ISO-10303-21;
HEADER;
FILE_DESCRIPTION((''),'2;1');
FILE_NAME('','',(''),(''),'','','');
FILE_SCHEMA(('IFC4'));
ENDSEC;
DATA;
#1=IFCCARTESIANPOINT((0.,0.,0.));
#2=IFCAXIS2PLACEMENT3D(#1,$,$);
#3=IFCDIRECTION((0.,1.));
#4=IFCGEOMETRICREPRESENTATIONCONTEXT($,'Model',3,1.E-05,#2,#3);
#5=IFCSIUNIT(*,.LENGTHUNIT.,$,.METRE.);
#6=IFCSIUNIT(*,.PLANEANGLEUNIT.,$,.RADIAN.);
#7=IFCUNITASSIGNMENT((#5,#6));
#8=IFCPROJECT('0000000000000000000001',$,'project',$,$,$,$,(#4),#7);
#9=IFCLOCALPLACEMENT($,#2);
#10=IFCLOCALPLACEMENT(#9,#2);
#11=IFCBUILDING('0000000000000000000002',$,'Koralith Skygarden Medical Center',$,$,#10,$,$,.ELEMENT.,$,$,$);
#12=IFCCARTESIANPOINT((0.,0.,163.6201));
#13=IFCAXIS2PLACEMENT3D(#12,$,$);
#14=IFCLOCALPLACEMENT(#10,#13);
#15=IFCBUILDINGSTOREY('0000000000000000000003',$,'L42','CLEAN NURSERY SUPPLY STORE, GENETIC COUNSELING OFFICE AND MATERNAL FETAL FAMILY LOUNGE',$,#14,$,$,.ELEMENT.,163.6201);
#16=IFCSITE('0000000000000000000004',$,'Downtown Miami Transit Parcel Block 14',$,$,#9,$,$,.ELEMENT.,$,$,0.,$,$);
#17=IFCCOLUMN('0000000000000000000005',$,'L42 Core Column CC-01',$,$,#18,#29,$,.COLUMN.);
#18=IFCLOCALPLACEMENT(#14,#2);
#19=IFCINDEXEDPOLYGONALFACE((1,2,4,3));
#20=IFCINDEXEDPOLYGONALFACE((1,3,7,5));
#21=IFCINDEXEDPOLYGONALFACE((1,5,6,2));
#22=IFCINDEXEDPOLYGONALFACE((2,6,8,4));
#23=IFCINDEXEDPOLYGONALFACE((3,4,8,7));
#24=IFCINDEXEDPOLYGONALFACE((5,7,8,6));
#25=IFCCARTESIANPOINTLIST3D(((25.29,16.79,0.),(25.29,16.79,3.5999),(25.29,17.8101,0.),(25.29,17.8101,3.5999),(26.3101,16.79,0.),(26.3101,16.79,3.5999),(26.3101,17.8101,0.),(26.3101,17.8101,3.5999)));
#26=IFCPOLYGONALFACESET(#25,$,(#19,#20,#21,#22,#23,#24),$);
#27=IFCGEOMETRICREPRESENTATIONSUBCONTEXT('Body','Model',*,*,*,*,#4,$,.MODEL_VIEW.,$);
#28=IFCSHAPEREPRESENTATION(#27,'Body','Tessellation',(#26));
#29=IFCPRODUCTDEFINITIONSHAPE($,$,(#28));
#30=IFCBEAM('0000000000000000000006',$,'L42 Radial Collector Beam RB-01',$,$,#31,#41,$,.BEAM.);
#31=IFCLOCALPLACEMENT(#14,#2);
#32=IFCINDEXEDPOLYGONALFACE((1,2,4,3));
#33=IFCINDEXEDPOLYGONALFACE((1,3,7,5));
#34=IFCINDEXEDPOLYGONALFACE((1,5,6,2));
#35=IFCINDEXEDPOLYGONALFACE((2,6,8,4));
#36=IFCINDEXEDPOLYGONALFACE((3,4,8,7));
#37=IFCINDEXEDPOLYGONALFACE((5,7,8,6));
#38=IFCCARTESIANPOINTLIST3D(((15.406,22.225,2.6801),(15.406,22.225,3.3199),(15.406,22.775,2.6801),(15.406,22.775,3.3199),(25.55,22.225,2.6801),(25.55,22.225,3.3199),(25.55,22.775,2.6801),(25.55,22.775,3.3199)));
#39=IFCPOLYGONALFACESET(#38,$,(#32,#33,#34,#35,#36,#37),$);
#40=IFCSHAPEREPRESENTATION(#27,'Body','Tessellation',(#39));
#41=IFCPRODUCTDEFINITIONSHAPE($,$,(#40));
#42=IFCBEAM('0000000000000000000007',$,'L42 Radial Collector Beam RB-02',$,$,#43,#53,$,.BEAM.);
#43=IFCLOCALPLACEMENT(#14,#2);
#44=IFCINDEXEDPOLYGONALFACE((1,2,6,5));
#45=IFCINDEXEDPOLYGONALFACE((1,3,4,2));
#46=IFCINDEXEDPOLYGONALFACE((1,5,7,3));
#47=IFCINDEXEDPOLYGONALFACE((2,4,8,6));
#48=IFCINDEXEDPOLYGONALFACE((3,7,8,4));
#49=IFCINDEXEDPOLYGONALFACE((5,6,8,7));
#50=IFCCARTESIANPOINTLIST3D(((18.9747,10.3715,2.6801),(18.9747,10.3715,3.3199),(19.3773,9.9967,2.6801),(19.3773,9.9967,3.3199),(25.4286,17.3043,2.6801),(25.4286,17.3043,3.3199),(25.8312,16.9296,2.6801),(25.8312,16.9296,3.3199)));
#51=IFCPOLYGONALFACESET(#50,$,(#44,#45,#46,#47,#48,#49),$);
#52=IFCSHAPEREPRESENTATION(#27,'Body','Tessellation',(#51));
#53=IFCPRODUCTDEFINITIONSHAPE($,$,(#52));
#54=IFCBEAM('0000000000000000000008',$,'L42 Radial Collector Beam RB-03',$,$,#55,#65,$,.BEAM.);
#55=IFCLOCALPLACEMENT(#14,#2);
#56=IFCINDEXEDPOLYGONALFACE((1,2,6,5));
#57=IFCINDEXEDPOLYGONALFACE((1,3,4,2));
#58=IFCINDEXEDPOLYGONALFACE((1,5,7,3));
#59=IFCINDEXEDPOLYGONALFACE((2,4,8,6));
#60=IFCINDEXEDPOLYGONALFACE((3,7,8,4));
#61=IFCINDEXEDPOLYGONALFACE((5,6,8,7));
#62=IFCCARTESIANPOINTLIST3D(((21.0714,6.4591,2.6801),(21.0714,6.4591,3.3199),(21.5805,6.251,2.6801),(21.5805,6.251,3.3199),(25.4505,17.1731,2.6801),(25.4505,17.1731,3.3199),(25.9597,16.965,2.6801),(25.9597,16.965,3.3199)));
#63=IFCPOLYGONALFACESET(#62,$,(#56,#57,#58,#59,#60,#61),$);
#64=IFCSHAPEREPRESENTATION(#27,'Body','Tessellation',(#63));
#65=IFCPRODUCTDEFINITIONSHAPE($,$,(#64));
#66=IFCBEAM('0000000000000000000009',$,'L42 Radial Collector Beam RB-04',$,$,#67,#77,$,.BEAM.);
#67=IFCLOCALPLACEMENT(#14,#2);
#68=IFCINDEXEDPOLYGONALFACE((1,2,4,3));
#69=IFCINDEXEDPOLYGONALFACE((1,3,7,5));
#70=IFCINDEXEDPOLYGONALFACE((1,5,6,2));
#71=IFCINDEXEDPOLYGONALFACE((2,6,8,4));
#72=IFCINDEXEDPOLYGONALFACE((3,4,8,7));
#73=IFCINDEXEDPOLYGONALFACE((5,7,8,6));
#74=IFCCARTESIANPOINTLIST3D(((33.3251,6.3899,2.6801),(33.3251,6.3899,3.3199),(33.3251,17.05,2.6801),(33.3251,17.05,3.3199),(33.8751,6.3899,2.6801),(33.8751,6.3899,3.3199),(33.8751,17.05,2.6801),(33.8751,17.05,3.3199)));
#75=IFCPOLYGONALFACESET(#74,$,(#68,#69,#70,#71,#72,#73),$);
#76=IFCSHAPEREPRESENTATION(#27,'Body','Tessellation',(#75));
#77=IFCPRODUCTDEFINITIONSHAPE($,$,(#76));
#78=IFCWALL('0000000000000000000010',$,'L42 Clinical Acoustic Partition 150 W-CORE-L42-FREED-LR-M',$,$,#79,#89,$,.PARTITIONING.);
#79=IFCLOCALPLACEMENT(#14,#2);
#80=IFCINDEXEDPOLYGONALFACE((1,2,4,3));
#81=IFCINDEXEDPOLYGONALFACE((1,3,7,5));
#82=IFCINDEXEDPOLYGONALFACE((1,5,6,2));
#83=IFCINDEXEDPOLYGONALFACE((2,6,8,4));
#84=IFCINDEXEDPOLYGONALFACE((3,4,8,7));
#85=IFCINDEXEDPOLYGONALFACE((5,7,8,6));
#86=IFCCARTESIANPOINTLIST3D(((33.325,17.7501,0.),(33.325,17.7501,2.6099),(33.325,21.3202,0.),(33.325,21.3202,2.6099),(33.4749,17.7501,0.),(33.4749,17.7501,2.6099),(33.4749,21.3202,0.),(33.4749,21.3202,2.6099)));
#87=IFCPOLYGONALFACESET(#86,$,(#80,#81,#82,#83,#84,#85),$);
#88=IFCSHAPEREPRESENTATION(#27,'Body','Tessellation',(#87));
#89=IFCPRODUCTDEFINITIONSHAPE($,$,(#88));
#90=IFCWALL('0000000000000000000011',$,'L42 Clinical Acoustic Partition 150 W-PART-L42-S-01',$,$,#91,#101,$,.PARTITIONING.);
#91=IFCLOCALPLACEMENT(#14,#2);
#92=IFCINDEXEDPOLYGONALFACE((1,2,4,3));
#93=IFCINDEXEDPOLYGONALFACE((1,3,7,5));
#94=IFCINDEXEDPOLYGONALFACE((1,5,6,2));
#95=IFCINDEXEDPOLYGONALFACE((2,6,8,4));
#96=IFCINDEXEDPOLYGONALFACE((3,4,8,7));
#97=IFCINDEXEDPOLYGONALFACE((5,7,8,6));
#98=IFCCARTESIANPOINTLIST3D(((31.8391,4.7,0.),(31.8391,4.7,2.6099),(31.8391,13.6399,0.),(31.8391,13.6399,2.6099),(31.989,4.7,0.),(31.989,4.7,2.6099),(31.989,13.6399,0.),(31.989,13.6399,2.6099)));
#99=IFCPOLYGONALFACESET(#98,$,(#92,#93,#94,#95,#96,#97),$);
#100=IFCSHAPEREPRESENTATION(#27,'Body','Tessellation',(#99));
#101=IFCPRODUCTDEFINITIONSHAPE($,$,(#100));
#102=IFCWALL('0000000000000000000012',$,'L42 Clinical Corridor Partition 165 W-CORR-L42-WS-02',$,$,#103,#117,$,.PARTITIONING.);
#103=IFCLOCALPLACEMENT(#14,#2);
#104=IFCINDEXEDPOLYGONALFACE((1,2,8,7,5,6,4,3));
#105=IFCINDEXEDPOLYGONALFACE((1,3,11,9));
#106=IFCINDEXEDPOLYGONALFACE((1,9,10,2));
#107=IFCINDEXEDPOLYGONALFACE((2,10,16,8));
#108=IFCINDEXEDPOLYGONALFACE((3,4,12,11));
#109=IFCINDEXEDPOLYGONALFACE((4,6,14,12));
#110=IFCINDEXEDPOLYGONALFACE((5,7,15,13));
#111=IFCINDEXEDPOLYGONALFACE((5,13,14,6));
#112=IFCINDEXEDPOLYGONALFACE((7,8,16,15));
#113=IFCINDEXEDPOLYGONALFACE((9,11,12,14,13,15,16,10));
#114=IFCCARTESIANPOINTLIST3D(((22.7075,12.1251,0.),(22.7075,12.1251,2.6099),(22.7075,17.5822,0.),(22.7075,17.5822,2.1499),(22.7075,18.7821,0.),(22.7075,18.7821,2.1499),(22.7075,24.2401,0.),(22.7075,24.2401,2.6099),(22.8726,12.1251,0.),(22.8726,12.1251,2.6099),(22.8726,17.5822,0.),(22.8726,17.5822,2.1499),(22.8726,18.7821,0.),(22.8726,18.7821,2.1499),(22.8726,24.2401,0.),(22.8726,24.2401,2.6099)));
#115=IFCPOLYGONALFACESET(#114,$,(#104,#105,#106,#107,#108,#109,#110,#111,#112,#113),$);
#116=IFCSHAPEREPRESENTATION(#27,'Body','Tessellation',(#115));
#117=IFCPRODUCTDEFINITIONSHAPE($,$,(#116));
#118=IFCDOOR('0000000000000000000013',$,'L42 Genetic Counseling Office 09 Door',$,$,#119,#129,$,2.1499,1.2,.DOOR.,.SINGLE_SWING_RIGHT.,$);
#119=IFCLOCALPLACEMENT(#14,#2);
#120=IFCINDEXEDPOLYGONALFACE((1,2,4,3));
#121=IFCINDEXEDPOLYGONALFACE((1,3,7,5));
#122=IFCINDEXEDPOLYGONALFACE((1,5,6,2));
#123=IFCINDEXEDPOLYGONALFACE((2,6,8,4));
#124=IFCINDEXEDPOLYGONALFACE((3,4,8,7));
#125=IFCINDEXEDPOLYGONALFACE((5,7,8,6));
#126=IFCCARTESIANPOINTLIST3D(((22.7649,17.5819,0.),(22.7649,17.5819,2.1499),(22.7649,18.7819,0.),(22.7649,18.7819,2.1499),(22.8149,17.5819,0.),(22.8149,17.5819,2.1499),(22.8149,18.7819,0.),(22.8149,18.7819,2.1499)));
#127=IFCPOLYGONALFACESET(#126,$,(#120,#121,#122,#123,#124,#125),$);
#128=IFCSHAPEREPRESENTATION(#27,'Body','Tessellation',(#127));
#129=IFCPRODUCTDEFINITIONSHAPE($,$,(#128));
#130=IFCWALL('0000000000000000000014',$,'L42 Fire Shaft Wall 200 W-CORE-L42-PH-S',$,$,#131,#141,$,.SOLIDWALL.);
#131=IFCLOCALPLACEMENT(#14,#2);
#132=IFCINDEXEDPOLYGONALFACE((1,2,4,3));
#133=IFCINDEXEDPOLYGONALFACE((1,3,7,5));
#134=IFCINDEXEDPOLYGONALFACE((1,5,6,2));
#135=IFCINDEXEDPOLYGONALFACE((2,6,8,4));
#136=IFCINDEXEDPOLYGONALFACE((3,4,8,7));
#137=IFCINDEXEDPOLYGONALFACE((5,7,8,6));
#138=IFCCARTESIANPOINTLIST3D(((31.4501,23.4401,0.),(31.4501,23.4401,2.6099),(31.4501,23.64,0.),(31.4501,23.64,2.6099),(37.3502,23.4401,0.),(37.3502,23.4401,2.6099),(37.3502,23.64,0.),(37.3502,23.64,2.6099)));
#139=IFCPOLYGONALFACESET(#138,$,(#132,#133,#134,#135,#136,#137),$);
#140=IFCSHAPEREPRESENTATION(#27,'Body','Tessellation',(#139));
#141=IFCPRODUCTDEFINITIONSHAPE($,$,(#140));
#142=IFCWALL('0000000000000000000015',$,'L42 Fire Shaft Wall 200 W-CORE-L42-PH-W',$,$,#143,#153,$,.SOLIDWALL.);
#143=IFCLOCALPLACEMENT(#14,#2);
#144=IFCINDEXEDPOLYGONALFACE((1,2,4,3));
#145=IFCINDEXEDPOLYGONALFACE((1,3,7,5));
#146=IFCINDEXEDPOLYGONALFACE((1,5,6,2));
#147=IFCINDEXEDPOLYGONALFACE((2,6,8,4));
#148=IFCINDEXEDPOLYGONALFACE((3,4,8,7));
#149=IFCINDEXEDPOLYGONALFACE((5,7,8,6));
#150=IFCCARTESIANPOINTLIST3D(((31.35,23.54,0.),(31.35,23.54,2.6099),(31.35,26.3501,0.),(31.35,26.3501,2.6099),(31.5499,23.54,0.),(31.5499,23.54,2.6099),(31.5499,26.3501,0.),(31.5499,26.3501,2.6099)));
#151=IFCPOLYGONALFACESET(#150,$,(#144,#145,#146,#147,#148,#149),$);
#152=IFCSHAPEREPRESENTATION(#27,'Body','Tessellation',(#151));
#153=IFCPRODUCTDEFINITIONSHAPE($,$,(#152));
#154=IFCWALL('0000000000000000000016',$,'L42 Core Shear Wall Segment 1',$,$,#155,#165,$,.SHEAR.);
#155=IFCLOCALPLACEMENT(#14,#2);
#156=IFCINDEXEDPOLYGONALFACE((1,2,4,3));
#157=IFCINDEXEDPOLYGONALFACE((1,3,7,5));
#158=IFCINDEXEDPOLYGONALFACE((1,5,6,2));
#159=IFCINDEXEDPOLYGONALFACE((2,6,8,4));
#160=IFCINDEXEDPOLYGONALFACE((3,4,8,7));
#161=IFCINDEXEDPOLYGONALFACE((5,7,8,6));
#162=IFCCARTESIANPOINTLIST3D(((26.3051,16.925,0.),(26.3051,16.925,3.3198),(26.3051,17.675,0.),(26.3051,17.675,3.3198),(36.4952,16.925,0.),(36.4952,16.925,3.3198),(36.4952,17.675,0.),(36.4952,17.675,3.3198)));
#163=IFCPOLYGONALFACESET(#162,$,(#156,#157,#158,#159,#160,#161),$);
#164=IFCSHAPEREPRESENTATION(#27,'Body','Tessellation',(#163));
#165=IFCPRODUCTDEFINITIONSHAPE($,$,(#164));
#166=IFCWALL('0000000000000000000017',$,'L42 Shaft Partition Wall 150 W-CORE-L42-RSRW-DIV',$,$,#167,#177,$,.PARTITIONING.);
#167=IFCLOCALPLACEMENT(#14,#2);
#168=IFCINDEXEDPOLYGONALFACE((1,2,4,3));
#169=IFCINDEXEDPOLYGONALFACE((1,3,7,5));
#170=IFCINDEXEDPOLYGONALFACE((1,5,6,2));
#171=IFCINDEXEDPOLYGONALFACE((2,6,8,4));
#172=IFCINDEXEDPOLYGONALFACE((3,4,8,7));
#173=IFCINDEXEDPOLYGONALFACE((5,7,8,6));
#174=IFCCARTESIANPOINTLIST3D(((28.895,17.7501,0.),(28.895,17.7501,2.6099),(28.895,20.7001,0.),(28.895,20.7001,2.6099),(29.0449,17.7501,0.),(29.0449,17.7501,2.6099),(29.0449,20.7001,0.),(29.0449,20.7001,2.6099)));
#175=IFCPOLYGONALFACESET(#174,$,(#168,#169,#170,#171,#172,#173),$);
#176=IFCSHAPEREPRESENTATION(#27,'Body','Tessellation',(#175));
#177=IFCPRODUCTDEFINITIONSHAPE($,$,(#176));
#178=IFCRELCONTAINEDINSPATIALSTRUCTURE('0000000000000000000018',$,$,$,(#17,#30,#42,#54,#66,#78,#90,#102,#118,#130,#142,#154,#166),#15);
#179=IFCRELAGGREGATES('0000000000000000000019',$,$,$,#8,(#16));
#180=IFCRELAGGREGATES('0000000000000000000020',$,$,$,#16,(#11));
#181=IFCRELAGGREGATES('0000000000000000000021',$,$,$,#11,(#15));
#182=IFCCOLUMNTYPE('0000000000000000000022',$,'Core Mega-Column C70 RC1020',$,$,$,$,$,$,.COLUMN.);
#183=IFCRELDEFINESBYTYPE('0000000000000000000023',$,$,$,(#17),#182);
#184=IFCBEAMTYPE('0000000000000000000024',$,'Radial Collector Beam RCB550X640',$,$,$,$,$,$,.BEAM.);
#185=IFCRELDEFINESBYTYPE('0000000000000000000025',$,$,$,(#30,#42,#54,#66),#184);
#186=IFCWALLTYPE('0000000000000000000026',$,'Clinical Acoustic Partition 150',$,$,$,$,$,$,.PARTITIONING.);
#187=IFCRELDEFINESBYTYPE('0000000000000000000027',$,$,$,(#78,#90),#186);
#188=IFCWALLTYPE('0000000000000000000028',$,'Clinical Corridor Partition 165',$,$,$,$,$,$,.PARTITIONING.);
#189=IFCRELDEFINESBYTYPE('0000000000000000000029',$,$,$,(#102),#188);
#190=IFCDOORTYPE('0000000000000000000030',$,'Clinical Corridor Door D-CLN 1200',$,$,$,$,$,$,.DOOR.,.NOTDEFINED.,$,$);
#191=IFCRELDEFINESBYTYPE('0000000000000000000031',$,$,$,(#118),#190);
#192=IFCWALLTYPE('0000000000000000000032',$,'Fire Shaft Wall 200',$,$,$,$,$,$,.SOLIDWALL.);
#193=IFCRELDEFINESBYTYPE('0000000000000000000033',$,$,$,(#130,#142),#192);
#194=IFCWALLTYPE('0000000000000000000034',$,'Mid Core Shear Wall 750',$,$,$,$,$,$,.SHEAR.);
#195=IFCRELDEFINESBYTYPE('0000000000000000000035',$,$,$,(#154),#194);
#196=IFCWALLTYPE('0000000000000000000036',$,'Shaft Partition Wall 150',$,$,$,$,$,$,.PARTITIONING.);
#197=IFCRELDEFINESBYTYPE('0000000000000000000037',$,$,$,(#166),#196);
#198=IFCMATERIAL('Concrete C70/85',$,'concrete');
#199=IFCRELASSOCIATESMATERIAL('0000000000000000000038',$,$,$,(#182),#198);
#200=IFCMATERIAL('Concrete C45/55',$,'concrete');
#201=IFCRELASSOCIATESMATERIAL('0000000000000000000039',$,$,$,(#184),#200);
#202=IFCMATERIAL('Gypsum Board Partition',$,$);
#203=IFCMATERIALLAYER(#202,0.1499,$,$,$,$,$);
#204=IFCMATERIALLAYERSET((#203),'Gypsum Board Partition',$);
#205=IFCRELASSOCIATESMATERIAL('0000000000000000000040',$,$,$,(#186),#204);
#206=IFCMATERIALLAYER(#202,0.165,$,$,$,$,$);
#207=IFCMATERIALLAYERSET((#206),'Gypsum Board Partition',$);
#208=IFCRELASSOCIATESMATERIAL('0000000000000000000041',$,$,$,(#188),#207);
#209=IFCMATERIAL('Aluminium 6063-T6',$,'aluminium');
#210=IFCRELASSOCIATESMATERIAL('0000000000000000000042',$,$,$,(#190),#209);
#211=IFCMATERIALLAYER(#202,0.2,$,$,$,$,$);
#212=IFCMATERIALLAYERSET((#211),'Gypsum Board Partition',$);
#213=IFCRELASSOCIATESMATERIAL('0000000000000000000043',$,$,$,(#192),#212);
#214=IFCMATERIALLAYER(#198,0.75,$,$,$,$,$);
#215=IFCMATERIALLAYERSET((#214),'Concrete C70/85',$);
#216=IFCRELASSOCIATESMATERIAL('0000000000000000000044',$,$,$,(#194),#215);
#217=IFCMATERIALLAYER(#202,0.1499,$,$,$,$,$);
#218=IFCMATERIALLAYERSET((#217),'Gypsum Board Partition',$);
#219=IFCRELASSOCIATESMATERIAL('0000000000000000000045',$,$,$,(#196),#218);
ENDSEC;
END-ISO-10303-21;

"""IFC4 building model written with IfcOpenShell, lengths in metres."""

from ifc_helpers import new_model, si_unit, direction, frame, frame_2d, origin, origin_2d, place, context, subcontext, project, spatial, rectangle, extrude, material, layer, layer_set, material_profile, profile_set, type_object, element, fill, save


model = new_model("IFC4")

# Units and contexts
model_context = context("Model", 3, precision=1e-05, world=origin(), true_north=direction((0.0, 1.0)))
body_context = subcontext(model_context, "Body", "Model", "MODEL_VIEW")
ifc_project = project(units=[si_unit("LENGTHUNIT", "METRE"), si_unit("PLANEANGLEUNIT", "RADIAN")], contexts=[model_context])

# Site, building, storey
site_placement = place(None, origin())
site = spatial("IfcSite", under=ifc_project, at=site_placement, Name="Downtown Miami Transit Parcel Block 14", CompositionType="ELEMENT", RefElevation=0.0)
building_placement = place(site_placement, origin())
building = spatial("IfcBuilding", under=site, at=building_placement, Name="Koralith Skygarden Medical Center", CompositionType="ELEMENT")
storey_placement = place(building_placement, frame((0.0, 0.0, 163.6201)))
storey = spatial("IfcBuildingStorey", under=building, at=storey_placement, Name="L42", Description="CLEAN NURSERY SUPPLY STORE, GENETIC COUNSELING OFFICE AND MATERNAL FETAL FAMILY LOUNGE", CompositionType="ELEMENT", Elevation=163.6201)

# Column
ifc_material_1 = material(Name="Concrete C70/85", Category="concrete")
ifc_material_profile_1 = material_profile(ifc_material_1, rectangle(XDim=1.02, YDim=1.02, at=origin_2d()), Name="RC1020X1020")
ifc_profile_set_1 = profile_set([ifc_material_profile_1], Name="Concrete C70/85")
column_type = type_object("IfcColumnType", Name="Core Mega-Column C70 RC1020", PredefinedType="COLUMN", material=ifc_profile_set_1)
column_placement = place(storey_placement, frame((25.8, 17.3, 0.0), z_axis=(0.0, 0.0, 1.0), x_axis=(1.0, 0.0, 0.0)))
element("IfcColumn", 1, at=column_placement, inside=storey, type_object=column_type, Name="L42 Core Column CC-01", PredefinedType="COLUMN", context=body_context, shape_type="SweptSolid", body=[
    extrude(rectangle(XDim=1.02, YDim=1.02, at=origin_2d()), origin(), (0.0, 0.0, 1.0), 3.5999),
])

# Beams
ifc_material_2 = material(Name="Concrete C45/55", Category="concrete")
ifc_material_profile_2 = material_profile(ifc_material_2, rectangle(XDim=0.55, YDim=0.6399, at=origin_2d()), Name="RCB550X640")
ifc_profile_set_2 = profile_set([ifc_material_profile_2], Name="Concrete C45/55")
beam_type = type_object("IfcBeamType", Name="Radial Collector Beam RCB550X640", PredefinedType="BEAM", material=ifc_profile_set_2)
beam_1_placement = place(storey_placement, frame((25.55, 22.5, 3.0), z_axis=(-1.0, 0.0, 0.0), x_axis=(0.0, -1.0, 0.0)))
element("IfcBeam", 2, at=beam_1_placement, inside=storey, type_object=beam_type, Name="L42 Radial Collector Beam RB-01", PredefinedType="BEAM", context=body_context, shape_type="SweptSolid", body=[
    extrude(rectangle(XDim=0.55, YDim=0.6399, at=origin_2d()), origin(), (0.0, 0.0, 1.0), 10.144),
])
beam_2_placement = place(storey_placement, frame((25.6299, 17.1169, 3.0), z_axis=(-0.681369, -0.73194, 0.0), x_axis=(0.73194, -0.681369, 0.0)))
element("IfcBeam", 3, at=beam_2_placement, inside=storey, type_object=beam_type, Name="L42 Radial Collector Beam RB-02", PredefinedType="BEAM", context=body_context, shape_type="SweptSolid", body=[
    extrude(rectangle(XDim=0.55, YDim=0.6399, at=origin_2d()), origin(), (0.0, 0.0, 1.0), 9.4719),
])
beam_3_placement = place(storey_placement, frame((25.7051, 17.0691, 3.0), z_axis=(-0.378345, -0.925665, 0.0), x_axis=(0.925665, -0.378345, 0.0)))
element("IfcBeam", 4, at=beam_3_placement, inside=storey, type_object=beam_type, Name="L42 Radial Collector Beam RB-03", PredefinedType="BEAM", context=body_context, shape_type="SweptSolid", body=[
    extrude(rectangle(XDim=0.55, YDim=0.6399, at=origin_2d()), origin(), (0.0, 0.0, 1.0), 11.5745),
])
beam_4_placement = place(storey_placement, frame((33.6001, 17.05, 3.0), z_axis=(0.0, -1.0, 0.0), x_axis=(1.0, 0.0, 0.0)))
element("IfcBeam", 5, at=beam_4_placement, inside=storey, type_object=beam_type, Name="L42 Radial Collector Beam RB-04", PredefinedType="BEAM", context=body_context, shape_type="SweptSolid", body=[
    extrude(rectangle(XDim=0.55, YDim=0.6399, at=origin_2d()), origin(), (0.0, 0.0, 1.0), 10.6602),
])

# Shared definitions
ifc_material_3 = material(Name="Gypsum Board Partition")
ifc_layer_1 = layer(ifc_material_3, 0.1499)
ifc_layer_set_1 = layer_set([ifc_layer_1], Name="Gypsum Board Partition")
wall_type_1 = type_object("IfcWallType", Name="Clinical Acoustic Partition 150", PredefinedType="PARTITIONING", material=ifc_layer_set_1)
ifc_material_4 = material(Name="Aluminium 6063-T6", Category="aluminium")

# Walls
wall_1_placement = place(storey_placement, frame((33.3999, 17.75, 0.0), z_axis=(0.0, 0.0, 1.0), x_axis=(0.0, 1.0, 0.0)))
element("IfcWall", 6, at=wall_1_placement, inside=storey, type_object=wall_type_1, Name="L42 Clinical Acoustic Partition 150 W-CORE-L42-FREED-LR-M", PredefinedType="PARTITIONING", context=body_context, shape_type="SweptSolid", body=[
    extrude(rectangle(XDim=3.5701, YDim=0.1499, at=frame_2d((1.7852, 0.0))), origin(), (0.0, 0.0, 1.0), 2.6099),
])
wall_2_placement = place(storey_placement, frame((31.9141, 13.6399, 0.0), z_axis=(0.0, 0.0, 1.0), x_axis=(0.0, -1.0, 0.0)))
element("IfcWall", 7, at=wall_2_placement, inside=storey, type_object=wall_type_1, Name="L42 Clinical Acoustic Partition 150 W-PART-L42-S-01", PredefinedType="PARTITIONING", context=body_context, shape_type="SweptSolid", body=[
    extrude(rectangle(XDim=8.9399, YDim=0.1499, at=frame_2d((4.47, 0.0))), origin(), (0.0, 0.0, 1.0), 2.6099),
])

# Wall, opening, door
ifc_layer_2 = layer(ifc_material_3, 0.165)
ifc_layer_set_2 = layer_set([ifc_layer_2], Name="Gypsum Board Partition")
wall_type_2 = type_object("IfcWallType", Name="Clinical Corridor Partition 165", PredefinedType="PARTITIONING", material=ifc_layer_set_2)
door_type_1 = type_object("IfcDoorType", Name="Clinical Corridor Door D-CLN 1200", OperationType="NOTDEFINED", PredefinedType="DOOR", material=ifc_material_4)
wall_3_placement = place(storey_placement, frame((22.79, 12.125, 0.0), z_axis=(0.0, 0.0, 1.0), x_axis=(0.0, 1.0, 0.0)))
wall_3 = element("IfcWall", 8, at=wall_3_placement, inside=storey, type_object=wall_type_2, Name="L42 Clinical Corridor Partition 165 W-CORR-L42-WS-02", PredefinedType="PARTITIONING", context=body_context, shape_type="SweptSolid", body=[
    extrude(rectangle(XDim=12.115, YDim=0.165, at=frame_2d((6.0576, 0.0))), origin(), (0.0, 0.0, 1.0), 2.6099),
])
opening_1_placement = place(wall_3_placement, frame((5.457, 0.0, 0.0)))
opening_1 = element("IfcOpeningElement", 9, at=opening_1_placement, cuts=wall_3, PredefinedType="OPENING", context=body_context, shape_type="SweptSolid", body=[
    extrude(rectangle(XDim=1.2, YDim=2.1499, at=frame_2d((0.6001, 1.075))), frame((0.0, 0.0925, 0.0), z_axis=(0.0, -1.0, 0.0), x_axis=(1.0, 0.0, 0.0)), (0.0, 0.0, 1.0), 0.1851),
])
door_1_placement = place(opening_1_placement, frame((1.2, 0.0, 0.0), z_axis=(0.0, 0.0, 1.0), x_axis=(-1.0, 0.0, 0.0)))
door_1 = element("IfcDoor", 10, at=door_1_placement, inside=storey, type_object=door_type_1, Name="L42 Genetic Counseling Office 09 Door", OperationType="SINGLE_SWING_RIGHT", OverallHeight=2.1499, OverallWidth=1.2, PredefinedType="DOOR", context=body_context, shape_type="SweptSolid", body=[
    extrude(rectangle(XDim=1.2, YDim=2.1499, at=frame_2d((0.6001, 1.075))), frame((0.0, 0.0249, 0.0), z_axis=(0.0, -1.0, 0.0), x_axis=(1.0, 0.0, 0.0)), (0.0, 0.0, 1.0), 0.05),
])
fill(opening_1, door_1)
ifc_layer_3 = layer(ifc_material_3, 0.2)
ifc_layer_set_3 = layer_set([ifc_layer_3], Name="Gypsum Board Partition")
wall_type_3 = type_object("IfcWallType", Name="Fire Shaft Wall 200", PredefinedType="SOLIDWALL", material=ifc_layer_set_3)

# Walls
wall_4_placement = place(storey_placement, frame((31.45, 23.54, 0.0), z_axis=(0.0, 0.0, 1.0), x_axis=(1.0, 0.0, 0.0)))
element("IfcWall", 11, at=wall_4_placement, inside=storey, type_object=wall_type_3, Name="L42 Fire Shaft Wall 200 W-CORE-L42-PH-S", PredefinedType="SOLIDWALL", context=body_context, shape_type="SweptSolid", body=[
    extrude(rectangle(XDim=5.9001, YDim=0.2, at=frame_2d((2.9502, 0.0))), origin(), (0.0, 0.0, 1.0), 2.6099),
])
wall_5_placement = place(storey_placement, frame((31.45, 23.54, 0.0), z_axis=(0.0, 0.0, 1.0), x_axis=(0.0, 1.0, 0.0)))
element("IfcWall", 12, at=wall_5_placement, inside=storey, type_object=wall_type_3, Name="L42 Fire Shaft Wall 200 W-CORE-L42-PH-W", PredefinedType="SOLIDWALL", context=body_context, shape_type="SweptSolid", body=[
    extrude(rectangle(XDim=2.8101, YDim=0.2, at=frame_2d((1.405, 0.0))), origin(), (0.0, 0.0, 1.0), 2.6099),
])
ifc_layer_4 = layer(ifc_material_1, 0.75)
ifc_layer_set_4 = layer_set([ifc_layer_4], Name="Concrete C70/85")
wall_type_4 = type_object("IfcWallType", Name="Mid Core Shear Wall 750", PredefinedType="SHEAR", material=ifc_layer_set_4)
wall_6_placement = place(storey_placement, frame((26.3049, 17.3, 0.0), z_axis=(0.0, 0.0, 1.0), x_axis=(1.0, 0.0, 0.0)))
element("IfcWall", 13, at=wall_6_placement, inside=storey, type_object=wall_type_4, Name="L42 Core Shear Wall Segment 1", PredefinedType="SHEAR", context=body_context, shape_type="SweptSolid", body=[
    extrude(rectangle(XDim=10.1902, YDim=0.75, at=frame_2d((5.0952, 0.0))), origin(), (0.0, 0.0, 1.0), 3.3198),
])
ifc_layer_5 = layer(ifc_material_3, 0.1499)
ifc_layer_set_5 = layer_set([ifc_layer_5], Name="Gypsum Board Partition")
wall_type_5 = type_object("IfcWallType", Name="Shaft Partition Wall 150", PredefinedType="PARTITIONING", material=ifc_layer_set_5)
wall_7_placement = place(storey_placement, frame((28.97, 17.75, 0.0), z_axis=(0.0, 0.0, 1.0), x_axis=(0.0, 1.0, 0.0)))
element("IfcWall", 14, at=wall_7_placement, inside=storey, type_object=wall_type_5, Name="L42 Shaft Partition Wall 150 W-CORE-L42-RSRW-DIV", PredefinedType="PARTITIONING", context=body_context, shape_type="SweptSolid", body=[
    extrude(rectangle(XDim=2.95, YDim=0.1499, at=frame_2d((1.4751, 0.0))), origin(), (0.0, 0.0, 1.0), 2.6099),
])

save(model, "model.ifc")
